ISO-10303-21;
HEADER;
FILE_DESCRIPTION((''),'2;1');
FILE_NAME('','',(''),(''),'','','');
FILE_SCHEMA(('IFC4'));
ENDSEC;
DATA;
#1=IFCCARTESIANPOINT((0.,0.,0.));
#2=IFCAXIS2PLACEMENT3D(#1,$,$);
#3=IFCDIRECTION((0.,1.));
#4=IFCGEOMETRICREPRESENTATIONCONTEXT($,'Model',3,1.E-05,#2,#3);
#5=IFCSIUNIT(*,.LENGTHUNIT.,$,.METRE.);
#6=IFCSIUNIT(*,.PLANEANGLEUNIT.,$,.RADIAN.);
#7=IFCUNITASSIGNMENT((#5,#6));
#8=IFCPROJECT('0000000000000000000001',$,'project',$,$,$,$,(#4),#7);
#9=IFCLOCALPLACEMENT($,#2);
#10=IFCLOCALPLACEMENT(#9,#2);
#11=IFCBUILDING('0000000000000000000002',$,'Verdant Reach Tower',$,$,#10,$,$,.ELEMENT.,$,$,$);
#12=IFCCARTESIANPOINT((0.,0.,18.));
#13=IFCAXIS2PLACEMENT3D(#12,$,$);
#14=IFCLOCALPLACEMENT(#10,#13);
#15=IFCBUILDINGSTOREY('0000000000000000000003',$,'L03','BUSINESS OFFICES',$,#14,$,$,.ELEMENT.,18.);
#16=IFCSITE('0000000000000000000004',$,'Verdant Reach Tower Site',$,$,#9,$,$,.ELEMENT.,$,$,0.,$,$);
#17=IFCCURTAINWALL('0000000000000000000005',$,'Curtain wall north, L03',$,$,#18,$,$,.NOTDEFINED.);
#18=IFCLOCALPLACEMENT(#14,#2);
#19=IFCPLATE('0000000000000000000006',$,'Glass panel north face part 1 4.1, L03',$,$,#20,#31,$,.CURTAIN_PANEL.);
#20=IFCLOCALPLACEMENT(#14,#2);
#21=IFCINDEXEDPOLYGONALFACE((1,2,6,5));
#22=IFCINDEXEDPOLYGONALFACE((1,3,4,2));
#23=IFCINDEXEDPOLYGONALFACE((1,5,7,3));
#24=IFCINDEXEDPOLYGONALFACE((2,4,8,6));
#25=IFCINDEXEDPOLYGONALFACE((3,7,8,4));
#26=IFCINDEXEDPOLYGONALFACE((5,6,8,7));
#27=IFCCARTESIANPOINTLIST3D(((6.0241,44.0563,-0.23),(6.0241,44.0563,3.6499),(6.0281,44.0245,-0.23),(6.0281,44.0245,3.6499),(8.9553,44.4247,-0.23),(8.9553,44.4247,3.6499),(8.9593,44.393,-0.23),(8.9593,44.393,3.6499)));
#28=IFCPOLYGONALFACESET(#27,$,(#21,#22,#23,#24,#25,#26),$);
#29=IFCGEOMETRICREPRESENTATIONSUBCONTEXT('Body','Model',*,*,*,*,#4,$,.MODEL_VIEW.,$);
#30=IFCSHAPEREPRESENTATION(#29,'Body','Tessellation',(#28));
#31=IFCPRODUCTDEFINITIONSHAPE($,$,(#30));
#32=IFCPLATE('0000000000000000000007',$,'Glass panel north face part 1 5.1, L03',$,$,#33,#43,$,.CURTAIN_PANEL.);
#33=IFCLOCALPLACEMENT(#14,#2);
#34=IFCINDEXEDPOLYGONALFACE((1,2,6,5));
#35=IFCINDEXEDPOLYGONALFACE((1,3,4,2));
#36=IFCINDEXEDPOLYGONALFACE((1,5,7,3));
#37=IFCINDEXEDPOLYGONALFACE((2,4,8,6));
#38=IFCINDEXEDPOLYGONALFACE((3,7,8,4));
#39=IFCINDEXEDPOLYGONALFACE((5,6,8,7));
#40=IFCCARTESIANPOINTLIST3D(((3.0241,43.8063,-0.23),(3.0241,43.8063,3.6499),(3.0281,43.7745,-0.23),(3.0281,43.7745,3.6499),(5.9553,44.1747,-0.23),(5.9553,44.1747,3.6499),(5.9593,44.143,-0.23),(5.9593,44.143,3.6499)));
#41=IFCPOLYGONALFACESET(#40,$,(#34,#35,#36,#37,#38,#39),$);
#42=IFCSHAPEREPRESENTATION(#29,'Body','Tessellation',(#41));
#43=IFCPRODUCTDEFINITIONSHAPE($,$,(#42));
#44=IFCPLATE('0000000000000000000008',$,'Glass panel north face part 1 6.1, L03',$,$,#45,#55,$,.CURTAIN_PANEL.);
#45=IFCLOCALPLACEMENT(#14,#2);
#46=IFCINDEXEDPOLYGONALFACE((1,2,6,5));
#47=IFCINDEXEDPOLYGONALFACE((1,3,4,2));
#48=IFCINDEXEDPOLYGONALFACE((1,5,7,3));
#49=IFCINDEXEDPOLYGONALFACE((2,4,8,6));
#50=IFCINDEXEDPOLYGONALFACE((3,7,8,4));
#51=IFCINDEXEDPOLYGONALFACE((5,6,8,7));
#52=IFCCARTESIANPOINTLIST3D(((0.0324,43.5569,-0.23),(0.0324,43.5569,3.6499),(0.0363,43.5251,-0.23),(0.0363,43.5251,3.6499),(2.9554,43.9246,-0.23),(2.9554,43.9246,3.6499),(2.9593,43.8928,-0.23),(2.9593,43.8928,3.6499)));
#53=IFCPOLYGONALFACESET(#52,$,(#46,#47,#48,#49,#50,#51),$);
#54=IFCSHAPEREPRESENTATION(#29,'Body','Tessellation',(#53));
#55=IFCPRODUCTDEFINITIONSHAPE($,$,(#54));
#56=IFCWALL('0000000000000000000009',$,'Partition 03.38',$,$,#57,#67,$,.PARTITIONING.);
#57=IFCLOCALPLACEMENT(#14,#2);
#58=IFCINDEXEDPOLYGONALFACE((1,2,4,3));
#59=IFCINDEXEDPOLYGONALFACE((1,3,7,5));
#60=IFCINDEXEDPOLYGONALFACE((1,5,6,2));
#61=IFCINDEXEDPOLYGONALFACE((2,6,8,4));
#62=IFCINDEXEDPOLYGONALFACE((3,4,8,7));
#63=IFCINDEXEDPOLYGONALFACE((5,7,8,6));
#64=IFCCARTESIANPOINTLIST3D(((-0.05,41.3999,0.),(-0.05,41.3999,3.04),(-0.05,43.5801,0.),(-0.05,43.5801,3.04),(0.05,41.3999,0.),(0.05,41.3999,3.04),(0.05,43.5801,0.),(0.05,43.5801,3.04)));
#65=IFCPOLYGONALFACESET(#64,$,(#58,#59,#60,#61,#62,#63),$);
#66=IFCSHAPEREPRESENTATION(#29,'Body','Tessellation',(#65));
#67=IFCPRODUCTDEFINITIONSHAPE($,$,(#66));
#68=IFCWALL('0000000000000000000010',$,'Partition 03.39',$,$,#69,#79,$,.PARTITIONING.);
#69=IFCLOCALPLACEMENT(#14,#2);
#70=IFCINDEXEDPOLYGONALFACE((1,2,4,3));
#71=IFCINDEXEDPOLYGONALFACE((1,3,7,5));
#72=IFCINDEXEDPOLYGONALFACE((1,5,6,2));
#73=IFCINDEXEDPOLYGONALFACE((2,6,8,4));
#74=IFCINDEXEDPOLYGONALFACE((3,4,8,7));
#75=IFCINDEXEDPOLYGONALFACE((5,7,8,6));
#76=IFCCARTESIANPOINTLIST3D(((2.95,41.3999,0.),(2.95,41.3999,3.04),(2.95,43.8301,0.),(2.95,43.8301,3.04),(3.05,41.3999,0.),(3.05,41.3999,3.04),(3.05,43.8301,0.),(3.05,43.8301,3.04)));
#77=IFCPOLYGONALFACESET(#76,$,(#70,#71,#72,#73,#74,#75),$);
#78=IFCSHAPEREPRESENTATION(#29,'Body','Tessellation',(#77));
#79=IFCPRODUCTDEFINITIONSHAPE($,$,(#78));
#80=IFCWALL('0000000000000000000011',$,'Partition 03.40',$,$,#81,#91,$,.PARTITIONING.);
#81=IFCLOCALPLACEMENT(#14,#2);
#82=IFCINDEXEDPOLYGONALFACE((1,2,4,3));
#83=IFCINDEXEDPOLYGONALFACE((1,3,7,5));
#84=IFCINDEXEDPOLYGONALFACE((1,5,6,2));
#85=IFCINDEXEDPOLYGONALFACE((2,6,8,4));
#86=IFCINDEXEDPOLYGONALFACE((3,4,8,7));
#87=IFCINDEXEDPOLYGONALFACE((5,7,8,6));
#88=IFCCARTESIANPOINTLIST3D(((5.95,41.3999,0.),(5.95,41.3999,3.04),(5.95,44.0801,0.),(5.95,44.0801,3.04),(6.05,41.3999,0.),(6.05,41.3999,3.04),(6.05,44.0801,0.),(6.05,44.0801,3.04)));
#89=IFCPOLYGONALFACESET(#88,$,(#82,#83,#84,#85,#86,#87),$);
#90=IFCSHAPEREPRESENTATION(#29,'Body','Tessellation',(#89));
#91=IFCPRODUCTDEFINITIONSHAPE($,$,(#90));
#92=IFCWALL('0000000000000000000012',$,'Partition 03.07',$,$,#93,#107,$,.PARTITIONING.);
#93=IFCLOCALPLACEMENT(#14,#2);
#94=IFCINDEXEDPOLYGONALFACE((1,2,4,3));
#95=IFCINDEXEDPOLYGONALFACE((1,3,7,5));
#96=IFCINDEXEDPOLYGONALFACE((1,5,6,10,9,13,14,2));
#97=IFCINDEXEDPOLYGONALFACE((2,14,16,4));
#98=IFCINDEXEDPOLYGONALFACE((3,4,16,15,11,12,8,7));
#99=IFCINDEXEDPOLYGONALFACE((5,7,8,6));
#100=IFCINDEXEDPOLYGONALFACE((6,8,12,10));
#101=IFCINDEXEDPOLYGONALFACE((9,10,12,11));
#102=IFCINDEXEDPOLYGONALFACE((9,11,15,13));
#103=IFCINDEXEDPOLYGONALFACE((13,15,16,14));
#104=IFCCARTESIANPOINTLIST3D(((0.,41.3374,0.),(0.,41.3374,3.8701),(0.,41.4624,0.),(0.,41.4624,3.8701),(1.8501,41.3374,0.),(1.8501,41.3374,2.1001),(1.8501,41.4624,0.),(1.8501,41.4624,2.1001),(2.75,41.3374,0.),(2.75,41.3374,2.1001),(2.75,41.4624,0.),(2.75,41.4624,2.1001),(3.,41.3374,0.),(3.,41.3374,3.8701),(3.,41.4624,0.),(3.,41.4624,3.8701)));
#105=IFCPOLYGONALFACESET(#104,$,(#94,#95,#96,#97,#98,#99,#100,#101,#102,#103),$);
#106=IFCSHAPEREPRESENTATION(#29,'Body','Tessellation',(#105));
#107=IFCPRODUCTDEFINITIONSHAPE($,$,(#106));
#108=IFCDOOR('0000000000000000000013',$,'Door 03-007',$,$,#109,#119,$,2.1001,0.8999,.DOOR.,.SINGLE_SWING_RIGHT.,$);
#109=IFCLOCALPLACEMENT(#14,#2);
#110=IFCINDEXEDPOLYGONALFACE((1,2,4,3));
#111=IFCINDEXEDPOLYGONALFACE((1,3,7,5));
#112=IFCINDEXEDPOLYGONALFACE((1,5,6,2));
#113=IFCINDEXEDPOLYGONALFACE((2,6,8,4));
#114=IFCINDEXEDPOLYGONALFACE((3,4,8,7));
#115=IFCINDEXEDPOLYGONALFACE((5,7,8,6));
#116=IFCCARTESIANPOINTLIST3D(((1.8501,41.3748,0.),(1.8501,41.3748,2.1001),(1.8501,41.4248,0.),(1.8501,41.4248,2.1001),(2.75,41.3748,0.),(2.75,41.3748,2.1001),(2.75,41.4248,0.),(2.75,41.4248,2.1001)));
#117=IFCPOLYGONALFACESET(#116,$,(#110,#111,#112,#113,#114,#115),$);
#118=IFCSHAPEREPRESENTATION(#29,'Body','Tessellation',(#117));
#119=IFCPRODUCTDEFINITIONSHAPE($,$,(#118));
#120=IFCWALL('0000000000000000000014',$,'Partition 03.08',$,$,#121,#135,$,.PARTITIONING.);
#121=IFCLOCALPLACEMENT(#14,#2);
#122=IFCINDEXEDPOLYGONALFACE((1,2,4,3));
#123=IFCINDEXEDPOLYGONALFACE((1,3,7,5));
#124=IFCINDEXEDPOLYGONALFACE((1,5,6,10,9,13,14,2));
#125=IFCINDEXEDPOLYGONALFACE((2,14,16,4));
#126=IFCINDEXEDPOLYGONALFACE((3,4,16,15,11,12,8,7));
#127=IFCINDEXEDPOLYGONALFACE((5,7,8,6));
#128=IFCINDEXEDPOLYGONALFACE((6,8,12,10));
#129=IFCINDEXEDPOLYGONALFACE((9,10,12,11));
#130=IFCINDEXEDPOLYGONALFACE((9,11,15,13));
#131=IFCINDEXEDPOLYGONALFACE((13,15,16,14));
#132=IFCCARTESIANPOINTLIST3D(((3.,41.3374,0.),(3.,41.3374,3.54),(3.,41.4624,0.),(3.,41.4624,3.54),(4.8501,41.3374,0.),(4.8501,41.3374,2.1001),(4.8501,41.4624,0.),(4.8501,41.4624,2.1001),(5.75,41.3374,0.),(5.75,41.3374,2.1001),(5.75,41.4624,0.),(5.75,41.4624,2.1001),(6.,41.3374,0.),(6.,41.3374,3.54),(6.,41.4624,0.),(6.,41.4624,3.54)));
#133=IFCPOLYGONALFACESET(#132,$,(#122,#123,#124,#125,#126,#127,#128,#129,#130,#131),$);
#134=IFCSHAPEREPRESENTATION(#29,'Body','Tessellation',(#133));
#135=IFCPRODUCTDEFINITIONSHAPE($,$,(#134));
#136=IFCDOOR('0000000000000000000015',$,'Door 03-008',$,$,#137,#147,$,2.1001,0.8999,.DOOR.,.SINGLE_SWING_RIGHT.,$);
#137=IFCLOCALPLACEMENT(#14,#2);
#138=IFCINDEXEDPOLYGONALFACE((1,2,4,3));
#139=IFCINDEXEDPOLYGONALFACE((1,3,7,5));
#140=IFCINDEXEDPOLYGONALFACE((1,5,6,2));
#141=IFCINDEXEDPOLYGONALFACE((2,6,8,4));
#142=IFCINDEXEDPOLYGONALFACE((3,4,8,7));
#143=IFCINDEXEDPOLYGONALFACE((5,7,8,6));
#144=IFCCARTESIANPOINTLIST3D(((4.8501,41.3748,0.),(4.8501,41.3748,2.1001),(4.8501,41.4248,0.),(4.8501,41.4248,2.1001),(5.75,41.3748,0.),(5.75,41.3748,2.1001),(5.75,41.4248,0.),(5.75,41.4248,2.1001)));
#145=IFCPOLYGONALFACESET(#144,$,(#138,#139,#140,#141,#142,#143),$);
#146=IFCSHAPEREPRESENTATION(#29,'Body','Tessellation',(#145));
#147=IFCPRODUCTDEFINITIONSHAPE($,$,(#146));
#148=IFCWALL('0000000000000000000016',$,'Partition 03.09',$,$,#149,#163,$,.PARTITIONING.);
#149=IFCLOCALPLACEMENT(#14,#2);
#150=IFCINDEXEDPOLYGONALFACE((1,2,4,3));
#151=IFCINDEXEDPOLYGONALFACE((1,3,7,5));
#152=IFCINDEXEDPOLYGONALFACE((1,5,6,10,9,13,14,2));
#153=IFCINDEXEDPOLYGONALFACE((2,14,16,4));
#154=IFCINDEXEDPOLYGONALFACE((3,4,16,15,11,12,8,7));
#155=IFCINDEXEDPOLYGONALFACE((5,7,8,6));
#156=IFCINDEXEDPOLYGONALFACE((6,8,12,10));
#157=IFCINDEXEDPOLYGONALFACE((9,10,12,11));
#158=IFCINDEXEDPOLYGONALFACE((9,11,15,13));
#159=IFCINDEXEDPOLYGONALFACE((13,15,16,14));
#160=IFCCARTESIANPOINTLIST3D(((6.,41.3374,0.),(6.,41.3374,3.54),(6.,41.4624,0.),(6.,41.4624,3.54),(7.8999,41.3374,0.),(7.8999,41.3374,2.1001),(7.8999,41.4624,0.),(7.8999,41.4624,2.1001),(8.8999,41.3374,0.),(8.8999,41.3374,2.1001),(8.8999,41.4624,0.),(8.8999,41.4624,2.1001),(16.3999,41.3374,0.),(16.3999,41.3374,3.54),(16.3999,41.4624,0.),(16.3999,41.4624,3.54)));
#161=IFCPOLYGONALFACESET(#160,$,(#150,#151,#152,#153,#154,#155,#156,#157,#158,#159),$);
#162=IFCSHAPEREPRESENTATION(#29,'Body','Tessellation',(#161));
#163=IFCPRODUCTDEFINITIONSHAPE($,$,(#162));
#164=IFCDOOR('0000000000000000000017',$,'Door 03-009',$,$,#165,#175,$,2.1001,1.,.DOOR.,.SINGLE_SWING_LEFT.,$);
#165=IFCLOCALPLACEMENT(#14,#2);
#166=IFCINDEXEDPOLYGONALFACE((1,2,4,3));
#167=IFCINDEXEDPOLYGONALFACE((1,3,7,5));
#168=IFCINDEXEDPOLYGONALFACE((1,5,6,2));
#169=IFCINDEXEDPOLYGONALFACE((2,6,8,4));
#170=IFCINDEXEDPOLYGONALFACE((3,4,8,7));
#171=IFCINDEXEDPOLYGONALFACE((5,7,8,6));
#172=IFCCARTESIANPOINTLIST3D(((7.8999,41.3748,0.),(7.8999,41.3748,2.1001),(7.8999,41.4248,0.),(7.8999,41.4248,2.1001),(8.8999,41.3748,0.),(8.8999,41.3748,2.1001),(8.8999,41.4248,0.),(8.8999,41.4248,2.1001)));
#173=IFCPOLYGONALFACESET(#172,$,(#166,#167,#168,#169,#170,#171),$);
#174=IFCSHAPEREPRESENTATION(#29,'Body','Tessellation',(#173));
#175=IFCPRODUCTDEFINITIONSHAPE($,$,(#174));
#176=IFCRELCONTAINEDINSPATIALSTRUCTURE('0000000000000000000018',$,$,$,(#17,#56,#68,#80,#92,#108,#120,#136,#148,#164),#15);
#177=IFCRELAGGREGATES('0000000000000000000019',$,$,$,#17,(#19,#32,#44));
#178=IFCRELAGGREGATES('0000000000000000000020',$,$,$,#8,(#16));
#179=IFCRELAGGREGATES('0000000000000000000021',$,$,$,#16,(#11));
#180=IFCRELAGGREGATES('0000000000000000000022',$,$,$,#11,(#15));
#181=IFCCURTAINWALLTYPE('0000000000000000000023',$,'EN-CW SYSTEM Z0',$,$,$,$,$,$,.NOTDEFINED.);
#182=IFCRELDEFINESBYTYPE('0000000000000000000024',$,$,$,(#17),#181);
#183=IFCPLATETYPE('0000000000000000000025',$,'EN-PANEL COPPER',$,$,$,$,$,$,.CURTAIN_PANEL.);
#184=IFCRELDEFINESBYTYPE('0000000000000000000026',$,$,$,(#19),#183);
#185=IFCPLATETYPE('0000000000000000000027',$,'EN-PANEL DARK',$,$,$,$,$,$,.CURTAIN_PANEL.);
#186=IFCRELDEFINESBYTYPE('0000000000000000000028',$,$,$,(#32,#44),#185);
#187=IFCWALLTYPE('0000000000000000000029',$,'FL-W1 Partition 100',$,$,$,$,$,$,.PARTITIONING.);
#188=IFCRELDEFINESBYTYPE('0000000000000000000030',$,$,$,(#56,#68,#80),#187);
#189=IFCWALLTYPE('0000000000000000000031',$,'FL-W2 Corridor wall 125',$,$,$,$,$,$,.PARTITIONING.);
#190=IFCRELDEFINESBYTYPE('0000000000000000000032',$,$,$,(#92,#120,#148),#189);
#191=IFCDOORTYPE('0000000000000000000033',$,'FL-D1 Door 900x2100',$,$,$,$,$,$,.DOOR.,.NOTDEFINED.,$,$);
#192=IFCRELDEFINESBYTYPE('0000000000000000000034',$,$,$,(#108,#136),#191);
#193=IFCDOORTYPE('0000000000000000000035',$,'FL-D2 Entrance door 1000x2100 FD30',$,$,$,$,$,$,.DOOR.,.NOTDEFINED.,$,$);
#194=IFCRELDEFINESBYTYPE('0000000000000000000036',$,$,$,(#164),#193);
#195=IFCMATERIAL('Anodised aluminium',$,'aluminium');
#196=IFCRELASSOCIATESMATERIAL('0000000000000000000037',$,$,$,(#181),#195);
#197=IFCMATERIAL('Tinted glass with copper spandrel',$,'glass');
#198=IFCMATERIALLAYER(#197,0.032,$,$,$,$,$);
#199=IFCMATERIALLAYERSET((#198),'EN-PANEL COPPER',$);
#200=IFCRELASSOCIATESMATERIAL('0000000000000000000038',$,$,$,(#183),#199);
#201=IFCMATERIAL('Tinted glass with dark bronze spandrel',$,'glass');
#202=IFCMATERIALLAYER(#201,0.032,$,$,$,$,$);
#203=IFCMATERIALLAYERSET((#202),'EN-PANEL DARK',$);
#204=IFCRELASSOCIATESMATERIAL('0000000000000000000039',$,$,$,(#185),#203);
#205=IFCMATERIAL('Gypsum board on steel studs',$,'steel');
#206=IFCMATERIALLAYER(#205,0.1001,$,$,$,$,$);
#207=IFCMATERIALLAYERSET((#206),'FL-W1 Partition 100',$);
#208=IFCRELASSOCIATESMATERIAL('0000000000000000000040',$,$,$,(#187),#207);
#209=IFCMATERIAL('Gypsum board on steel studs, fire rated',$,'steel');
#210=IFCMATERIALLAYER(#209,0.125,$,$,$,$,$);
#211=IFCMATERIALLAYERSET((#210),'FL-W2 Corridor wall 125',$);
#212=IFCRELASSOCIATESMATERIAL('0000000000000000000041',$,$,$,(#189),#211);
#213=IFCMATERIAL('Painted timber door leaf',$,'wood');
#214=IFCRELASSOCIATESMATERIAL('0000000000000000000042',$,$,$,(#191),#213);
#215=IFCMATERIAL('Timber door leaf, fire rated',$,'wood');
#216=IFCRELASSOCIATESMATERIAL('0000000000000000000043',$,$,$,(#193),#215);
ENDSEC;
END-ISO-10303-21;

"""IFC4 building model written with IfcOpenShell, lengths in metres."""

from ifc_helpers import new_model, si_unit, direction, frame, frame_2d, origin, origin_2d, place, context, subcontext, project, spatial, rectangle, extrude, material, layer, layer_set, type_object, element, fill, aggregate, save


model = new_model("IFC4")

# Units and contexts
model_context = context("Model", 3, precision=1e-05, world=origin(), true_north=direction((0.0, 1.0)))
body_context = subcontext(model_context, "Body", "Model", "MODEL_VIEW")
ifc_project = project(units=[si_unit("LENGTHUNIT", "METRE"), si_unit("PLANEANGLEUNIT", "RADIAN")], contexts=[model_context])

# Site, building, storey
site_placement = place(None, origin())
site = spatial("IfcSite", under=ifc_project, at=site_placement, Name="Verdant Reach Tower Site", CompositionType="ELEMENT", RefElevation=0.0)
building_placement = place(site_placement, origin())
building = spatial("IfcBuilding", under=site, at=building_placement, Name="Verdant Reach Tower", CompositionType="ELEMENT")
storey_placement = place(building_placement, frame((0.0, 0.0, 18.0)))
storey = spatial("IfcBuildingStorey", under=building, at=storey_placement, Name="L03", Description="BUSINESS OFFICES", CompositionType="ELEMENT", Elevation=18.0)

# Curtain wall, plates
ifc_material_1 = material(Name="Anodised aluminium", Category="aluminium")
curtain_wall_type = type_object("IfcCurtainWallType", Name="EN-CW SYSTEM Z0", PredefinedType="NOTDEFINED", material=ifc_material_1)
curtain_wall_placement = place(storey_placement, origin())
curtain_wall = element("IfcCurtainWall", 1, at=curtain_wall_placement, inside=storey, type_object=curtain_wall_type, Name="Curtain wall north, L03", PredefinedType="NOTDEFINED")
ifc_material_2 = material(Name="Tinted glass with copper spandrel", Category="glass")
ifc_layer_1 = layer(ifc_material_2, 0.032)
ifc_layer_set_1 = layer_set([ifc_layer_1], Name="EN-PANEL COPPER")
plate_type_1 = type_object("IfcPlateType", Name="EN-PANEL COPPER", PredefinedType="CURTAIN_PANEL", material=ifc_layer_set_1)
plate_1_placement = place(storey_placement, frame((7.4917, 44.2246, -0.23), z_axis=(0.0, 0.0, 1.0), x_axis=(-0.992194, -0.124704, 0.0)))
plate_1 = element("IfcPlate", 2, at=plate_1_placement, type_object=plate_type_1, Name="Glass panel north face part 1 4.1, L03", PredefinedType="CURTAIN_PANEL", context=body_context, shape_type="SweptSolid", body=[
    extrude(rectangle(XDim=2.9543, YDim=0.032, at=origin_2d()), origin(), (0.0, 0.0, 1.0), 3.8799),
])
ifc_material_3 = material(Name="Tinted glass with dark bronze spandrel", Category="glass")
ifc_layer_2 = layer(ifc_material_3, 0.032)
ifc_layer_set_2 = layer_set([ifc_layer_2], Name="EN-PANEL DARK")
plate_type_2 = type_object("IfcPlateType", Name="EN-PANEL DARK", PredefinedType="CURTAIN_PANEL", material=ifc_layer_set_2)
plate_2_placement = place(storey_placement, frame((4.4917, 43.9746, -0.23), z_axis=(0.0, 0.0, 1.0), x_axis=(-0.992194, -0.124704, 0.0)))
plate_2 = element("IfcPlate", 3, at=plate_2_placement, type_object=plate_type_2, Name="Glass panel north face part 1 5.1, L03", PredefinedType="CURTAIN_PANEL", context=body_context, shape_type="SweptSolid", body=[
    extrude(rectangle(XDim=2.9543, YDim=0.032, at=origin_2d()), origin(), (0.0, 0.0, 1.0), 3.8799),
])
plate_3_placement = place(storey_placement, frame((1.4958, 43.7249, -0.23), z_axis=(0.0, 0.0, 1.0), x_axis=(-0.99218, -0.124818, 0.0)))
plate_3 = element("IfcPlate", 4, at=plate_3_placement, type_object=plate_type_2, Name="Glass panel north face part 1 6.1, L03", PredefinedType="CURTAIN_PANEL", context=body_context, shape_type="SweptSolid", body=[
    extrude(rectangle(XDim=2.946, YDim=0.032, at=origin_2d()), origin(), (0.0, 0.0, 1.0), 3.8799),
])
aggregate(curtain_wall, [plate_1, plate_2, plate_3])

# Walls
ifc_material_4 = material(Name="Gypsum board on steel studs", Category="steel")
ifc_layer_3 = layer(ifc_material_4, 0.1001)
ifc_layer_set_3 = layer_set([ifc_layer_3], Name="FL-W1 Partition 100")
wall_type_1 = type_object("IfcWallType", Name="FL-W1 Partition 100", PredefinedType="PARTITIONING", material=ifc_layer_set_3)
wall_1_placement = place(storey_placement, frame((0.0, 41.3999, 0.0), z_axis=(0.0, 0.0, 1.0), x_axis=(0.0, 1.0, 0.0)))
element("IfcWall", 5, at=wall_1_placement, inside=storey, type_object=wall_type_1, Name="Partition 03.38", PredefinedType="PARTITIONING", context=body_context, shape_type="SweptSolid", body=[
    extrude(rectangle(XDim=2.1802, YDim=0.1001, at=frame_2d((1.0901, 0.0))), origin(), (0.0, 0.0, 1.0), 3.04),
])
wall_2_placement = place(storey_placement, frame((3.0, 41.3999, 0.0), z_axis=(0.0, 0.0, 1.0), x_axis=(0.0, 1.0, 0.0)))
element("IfcWall", 6, at=wall_2_placement, inside=storey, type_object=wall_type_1, Name="Partition 03.39", PredefinedType="PARTITIONING", context=body_context, shape_type="SweptSolid", body=[
    extrude(rectangle(XDim=2.4302, YDim=0.1001, at=frame_2d((1.2151, 0.0))), origin(), (0.0, 0.0, 1.0), 3.04),
])
wall_3_placement = place(storey_placement, frame((6.0, 41.3999, 0.0), z_axis=(0.0, 0.0, 1.0), x_axis=(0.0, 1.0, 0.0)))
element("IfcWall", 7, at=wall_3_placement, inside=storey, type_object=wall_type_1, Name="Partition 03.40", PredefinedType="PARTITIONING", context=body_context, shape_type="SweptSolid", body=[
    extrude(rectangle(XDim=2.6802, YDim=0.1001, at=frame_2d((1.3401, 0.0))), origin(), (0.0, 0.0, 1.0), 3.04),
])

# Walls, openings, doors
ifc_material_5 = material(Name="Gypsum board on steel studs, fire rated", Category="steel")
ifc_layer_4 = layer(ifc_material_5, 0.125)
ifc_layer_set_4 = layer_set([ifc_layer_4], Name="FL-W2 Corridor wall 125")
wall_type_2 = type_object("IfcWallType", Name="FL-W2 Corridor wall 125", PredefinedType="PARTITIONING", material=ifc_layer_set_4)
wall_4_placement = place(storey_placement, frame((0.0, 41.3999, 0.0), z_axis=(0.0, 0.0, 1.0), x_axis=(1.0, 0.0, 0.0)))
wall_4 = element("IfcWall", 8, at=wall_4_placement, inside=storey, type_object=wall_type_2, Name="Partition 03.07", PredefinedType="PARTITIONING", context=body_context, shape_type="SweptSolid", body=[
    extrude(rectangle(XDim=3.0, YDim=0.125, at=frame_2d((1.5, 0.0))), origin(), (0.0, 0.0, 1.0), 3.8701),
])
opening_1_placement = place(wall_4_placement, frame((1.8501, 0.0, 0.0)))
opening_1 = element("IfcOpeningElement", 9, at=opening_1_placement, cuts=wall_4, PredefinedType="OPENING", context=body_context, shape_type="SweptSolid", body=[
    extrude(rectangle(XDim=0.8999, YDim=2.1001, at=frame_2d((0.45, 1.05))), frame((0.0, 0.0725, 0.0), z_axis=(0.0, -1.0, 0.0), x_axis=(1.0, 0.0, 0.0)), (0.0, 0.0, 1.0), 0.145),
])
ifc_material_6 = material(Name="Painted timber door leaf", Category="wood")
door_type_1 = type_object("IfcDoorType", Name="FL-D1 Door 900x2100", OperationType="NOTDEFINED", PredefinedType="DOOR", material=ifc_material_6)
door_1_placement = place(opening_1_placement, origin())
door_1 = element("IfcDoor", 10, at=door_1_placement, inside=storey, type_object=door_type_1, Name="Door 03-007", OperationType="SINGLE_SWING_RIGHT", OverallHeight=2.1001, OverallWidth=0.8999, PredefinedType="DOOR", context=body_context, shape_type="SweptSolid", body=[
    extrude(rectangle(XDim=0.8999, YDim=2.1001, at=frame_2d((0.45, 1.05))), frame((0.0, 0.0249, 0.0), z_axis=(0.0, -1.0, 0.0), x_axis=(1.0, 0.0, 0.0)), (0.0, 0.0, 1.0), 0.05),
])
fill(opening_1, door_1)
wall_5_placement = place(storey_placement, frame((3.0, 41.3999, 0.0), z_axis=(0.0, 0.0, 1.0), x_axis=(1.0, 0.0, 0.0)))
wall_5 = element("IfcWall", 11, at=wall_5_placement, inside=storey, type_object=wall_type_2, Name="Partition 03.08", PredefinedType="PARTITIONING", context=body_context, shape_type="SweptSolid", body=[
    extrude(rectangle(XDim=3.0, YDim=0.125, at=frame_2d((1.5, 0.0))), origin(), (0.0, 0.0, 1.0), 3.54),
])
opening_2_placement = place(wall_5_placement, frame((1.8501, 0.0, 0.0)))
opening_2 = element("IfcOpeningElement", 12, at=opening_2_placement, cuts=wall_5, PredefinedType="OPENING", context=body_context, shape_type="SweptSolid", body=[
    extrude(rectangle(XDim=0.8999, YDim=2.1001, at=frame_2d((0.45, 1.05))), frame((0.0, 0.0725, 0.0), z_axis=(0.0, -1.0, 0.0), x_axis=(1.0, 0.0, 0.0)), (0.0, 0.0, 1.0), 0.145),
])
door_2_placement = place(opening_2_placement, origin())
door_2 = element("IfcDoor", 13, at=door_2_placement, inside=storey, type_object=door_type_1, Name="Door 03-008", OperationType="SINGLE_SWING_RIGHT", OverallHeight=2.1001, OverallWidth=0.8999, PredefinedType="DOOR", context=body_context, shape_type="SweptSolid", body=[
    extrude(rectangle(XDim=0.8999, YDim=2.1001, at=frame_2d((0.45, 1.05))), frame((0.0, 0.0249, 0.0), z_axis=(0.0, -1.0, 0.0), x_axis=(1.0, 0.0, 0.0)), (0.0, 0.0, 1.0), 0.05),
])
fill(opening_2, door_2)
wall_6_placement = place(storey_placement, frame((6.0, 41.3999, 0.0), z_axis=(0.0, 0.0, 1.0), x_axis=(1.0, 0.0, 0.0)))
wall_6 = element("IfcWall", 14, at=wall_6_placement, inside=storey, type_object=wall_type_2, Name="Partition 03.09", PredefinedType="PARTITIONING", context=body_context, shape_type="SweptSolid", body=[
    extrude(rectangle(XDim=10.3999, YDim=0.125, at=frame_2d((5.2, 0.0))), origin(), (0.0, 0.0, 1.0), 3.54),
])
opening_3_placement = place(wall_6_placement, frame((1.8999, 0.0, 0.0)))
opening_3 = element("IfcOpeningElement", 15, at=opening_3_placement, cuts=wall_6, PredefinedType="OPENING", context=body_context, shape_type="SweptSolid", body=[
    extrude(rectangle(XDim=1.0, YDim=2.1001, at=frame_2d((0.5, 1.05))), frame((0.0, 0.0725, 0.0), z_axis=(0.0, -1.0, 0.0), x_axis=(1.0, 0.0, 0.0)), (0.0, 0.0, 1.0), 0.145),
])
ifc_material_7 = material(Name="Timber door leaf, fire rated", Category="wood")
door_type_2 = type_object("IfcDoorType", Name="FL-D2 Entrance door 1000x2100 FD30", OperationType="NOTDEFINED", PredefinedType="DOOR", material=ifc_material_7)
door_3_placement = place(opening_3_placement, origin())
door_3 = element("IfcDoor", 16, at=door_3_placement, inside=storey, type_object=door_type_2, Name="Door 03-009", OperationType="SINGLE_SWING_LEFT", OverallHeight=2.1001, OverallWidth=1.0, PredefinedType="DOOR", context=body_context, shape_type="SweptSolid", body=[
    extrude(rectangle(XDim=1.0, YDim=2.1001, at=frame_2d((0.5, 1.05))), frame((0.0, 0.0249, 0.0), z_axis=(0.0, -1.0, 0.0), x_axis=(1.0, 0.0, 0.0)), (0.0, 0.0, 1.0), 0.05),
])
fill(opening_3, door_3)

save(model, "model.ifc")
